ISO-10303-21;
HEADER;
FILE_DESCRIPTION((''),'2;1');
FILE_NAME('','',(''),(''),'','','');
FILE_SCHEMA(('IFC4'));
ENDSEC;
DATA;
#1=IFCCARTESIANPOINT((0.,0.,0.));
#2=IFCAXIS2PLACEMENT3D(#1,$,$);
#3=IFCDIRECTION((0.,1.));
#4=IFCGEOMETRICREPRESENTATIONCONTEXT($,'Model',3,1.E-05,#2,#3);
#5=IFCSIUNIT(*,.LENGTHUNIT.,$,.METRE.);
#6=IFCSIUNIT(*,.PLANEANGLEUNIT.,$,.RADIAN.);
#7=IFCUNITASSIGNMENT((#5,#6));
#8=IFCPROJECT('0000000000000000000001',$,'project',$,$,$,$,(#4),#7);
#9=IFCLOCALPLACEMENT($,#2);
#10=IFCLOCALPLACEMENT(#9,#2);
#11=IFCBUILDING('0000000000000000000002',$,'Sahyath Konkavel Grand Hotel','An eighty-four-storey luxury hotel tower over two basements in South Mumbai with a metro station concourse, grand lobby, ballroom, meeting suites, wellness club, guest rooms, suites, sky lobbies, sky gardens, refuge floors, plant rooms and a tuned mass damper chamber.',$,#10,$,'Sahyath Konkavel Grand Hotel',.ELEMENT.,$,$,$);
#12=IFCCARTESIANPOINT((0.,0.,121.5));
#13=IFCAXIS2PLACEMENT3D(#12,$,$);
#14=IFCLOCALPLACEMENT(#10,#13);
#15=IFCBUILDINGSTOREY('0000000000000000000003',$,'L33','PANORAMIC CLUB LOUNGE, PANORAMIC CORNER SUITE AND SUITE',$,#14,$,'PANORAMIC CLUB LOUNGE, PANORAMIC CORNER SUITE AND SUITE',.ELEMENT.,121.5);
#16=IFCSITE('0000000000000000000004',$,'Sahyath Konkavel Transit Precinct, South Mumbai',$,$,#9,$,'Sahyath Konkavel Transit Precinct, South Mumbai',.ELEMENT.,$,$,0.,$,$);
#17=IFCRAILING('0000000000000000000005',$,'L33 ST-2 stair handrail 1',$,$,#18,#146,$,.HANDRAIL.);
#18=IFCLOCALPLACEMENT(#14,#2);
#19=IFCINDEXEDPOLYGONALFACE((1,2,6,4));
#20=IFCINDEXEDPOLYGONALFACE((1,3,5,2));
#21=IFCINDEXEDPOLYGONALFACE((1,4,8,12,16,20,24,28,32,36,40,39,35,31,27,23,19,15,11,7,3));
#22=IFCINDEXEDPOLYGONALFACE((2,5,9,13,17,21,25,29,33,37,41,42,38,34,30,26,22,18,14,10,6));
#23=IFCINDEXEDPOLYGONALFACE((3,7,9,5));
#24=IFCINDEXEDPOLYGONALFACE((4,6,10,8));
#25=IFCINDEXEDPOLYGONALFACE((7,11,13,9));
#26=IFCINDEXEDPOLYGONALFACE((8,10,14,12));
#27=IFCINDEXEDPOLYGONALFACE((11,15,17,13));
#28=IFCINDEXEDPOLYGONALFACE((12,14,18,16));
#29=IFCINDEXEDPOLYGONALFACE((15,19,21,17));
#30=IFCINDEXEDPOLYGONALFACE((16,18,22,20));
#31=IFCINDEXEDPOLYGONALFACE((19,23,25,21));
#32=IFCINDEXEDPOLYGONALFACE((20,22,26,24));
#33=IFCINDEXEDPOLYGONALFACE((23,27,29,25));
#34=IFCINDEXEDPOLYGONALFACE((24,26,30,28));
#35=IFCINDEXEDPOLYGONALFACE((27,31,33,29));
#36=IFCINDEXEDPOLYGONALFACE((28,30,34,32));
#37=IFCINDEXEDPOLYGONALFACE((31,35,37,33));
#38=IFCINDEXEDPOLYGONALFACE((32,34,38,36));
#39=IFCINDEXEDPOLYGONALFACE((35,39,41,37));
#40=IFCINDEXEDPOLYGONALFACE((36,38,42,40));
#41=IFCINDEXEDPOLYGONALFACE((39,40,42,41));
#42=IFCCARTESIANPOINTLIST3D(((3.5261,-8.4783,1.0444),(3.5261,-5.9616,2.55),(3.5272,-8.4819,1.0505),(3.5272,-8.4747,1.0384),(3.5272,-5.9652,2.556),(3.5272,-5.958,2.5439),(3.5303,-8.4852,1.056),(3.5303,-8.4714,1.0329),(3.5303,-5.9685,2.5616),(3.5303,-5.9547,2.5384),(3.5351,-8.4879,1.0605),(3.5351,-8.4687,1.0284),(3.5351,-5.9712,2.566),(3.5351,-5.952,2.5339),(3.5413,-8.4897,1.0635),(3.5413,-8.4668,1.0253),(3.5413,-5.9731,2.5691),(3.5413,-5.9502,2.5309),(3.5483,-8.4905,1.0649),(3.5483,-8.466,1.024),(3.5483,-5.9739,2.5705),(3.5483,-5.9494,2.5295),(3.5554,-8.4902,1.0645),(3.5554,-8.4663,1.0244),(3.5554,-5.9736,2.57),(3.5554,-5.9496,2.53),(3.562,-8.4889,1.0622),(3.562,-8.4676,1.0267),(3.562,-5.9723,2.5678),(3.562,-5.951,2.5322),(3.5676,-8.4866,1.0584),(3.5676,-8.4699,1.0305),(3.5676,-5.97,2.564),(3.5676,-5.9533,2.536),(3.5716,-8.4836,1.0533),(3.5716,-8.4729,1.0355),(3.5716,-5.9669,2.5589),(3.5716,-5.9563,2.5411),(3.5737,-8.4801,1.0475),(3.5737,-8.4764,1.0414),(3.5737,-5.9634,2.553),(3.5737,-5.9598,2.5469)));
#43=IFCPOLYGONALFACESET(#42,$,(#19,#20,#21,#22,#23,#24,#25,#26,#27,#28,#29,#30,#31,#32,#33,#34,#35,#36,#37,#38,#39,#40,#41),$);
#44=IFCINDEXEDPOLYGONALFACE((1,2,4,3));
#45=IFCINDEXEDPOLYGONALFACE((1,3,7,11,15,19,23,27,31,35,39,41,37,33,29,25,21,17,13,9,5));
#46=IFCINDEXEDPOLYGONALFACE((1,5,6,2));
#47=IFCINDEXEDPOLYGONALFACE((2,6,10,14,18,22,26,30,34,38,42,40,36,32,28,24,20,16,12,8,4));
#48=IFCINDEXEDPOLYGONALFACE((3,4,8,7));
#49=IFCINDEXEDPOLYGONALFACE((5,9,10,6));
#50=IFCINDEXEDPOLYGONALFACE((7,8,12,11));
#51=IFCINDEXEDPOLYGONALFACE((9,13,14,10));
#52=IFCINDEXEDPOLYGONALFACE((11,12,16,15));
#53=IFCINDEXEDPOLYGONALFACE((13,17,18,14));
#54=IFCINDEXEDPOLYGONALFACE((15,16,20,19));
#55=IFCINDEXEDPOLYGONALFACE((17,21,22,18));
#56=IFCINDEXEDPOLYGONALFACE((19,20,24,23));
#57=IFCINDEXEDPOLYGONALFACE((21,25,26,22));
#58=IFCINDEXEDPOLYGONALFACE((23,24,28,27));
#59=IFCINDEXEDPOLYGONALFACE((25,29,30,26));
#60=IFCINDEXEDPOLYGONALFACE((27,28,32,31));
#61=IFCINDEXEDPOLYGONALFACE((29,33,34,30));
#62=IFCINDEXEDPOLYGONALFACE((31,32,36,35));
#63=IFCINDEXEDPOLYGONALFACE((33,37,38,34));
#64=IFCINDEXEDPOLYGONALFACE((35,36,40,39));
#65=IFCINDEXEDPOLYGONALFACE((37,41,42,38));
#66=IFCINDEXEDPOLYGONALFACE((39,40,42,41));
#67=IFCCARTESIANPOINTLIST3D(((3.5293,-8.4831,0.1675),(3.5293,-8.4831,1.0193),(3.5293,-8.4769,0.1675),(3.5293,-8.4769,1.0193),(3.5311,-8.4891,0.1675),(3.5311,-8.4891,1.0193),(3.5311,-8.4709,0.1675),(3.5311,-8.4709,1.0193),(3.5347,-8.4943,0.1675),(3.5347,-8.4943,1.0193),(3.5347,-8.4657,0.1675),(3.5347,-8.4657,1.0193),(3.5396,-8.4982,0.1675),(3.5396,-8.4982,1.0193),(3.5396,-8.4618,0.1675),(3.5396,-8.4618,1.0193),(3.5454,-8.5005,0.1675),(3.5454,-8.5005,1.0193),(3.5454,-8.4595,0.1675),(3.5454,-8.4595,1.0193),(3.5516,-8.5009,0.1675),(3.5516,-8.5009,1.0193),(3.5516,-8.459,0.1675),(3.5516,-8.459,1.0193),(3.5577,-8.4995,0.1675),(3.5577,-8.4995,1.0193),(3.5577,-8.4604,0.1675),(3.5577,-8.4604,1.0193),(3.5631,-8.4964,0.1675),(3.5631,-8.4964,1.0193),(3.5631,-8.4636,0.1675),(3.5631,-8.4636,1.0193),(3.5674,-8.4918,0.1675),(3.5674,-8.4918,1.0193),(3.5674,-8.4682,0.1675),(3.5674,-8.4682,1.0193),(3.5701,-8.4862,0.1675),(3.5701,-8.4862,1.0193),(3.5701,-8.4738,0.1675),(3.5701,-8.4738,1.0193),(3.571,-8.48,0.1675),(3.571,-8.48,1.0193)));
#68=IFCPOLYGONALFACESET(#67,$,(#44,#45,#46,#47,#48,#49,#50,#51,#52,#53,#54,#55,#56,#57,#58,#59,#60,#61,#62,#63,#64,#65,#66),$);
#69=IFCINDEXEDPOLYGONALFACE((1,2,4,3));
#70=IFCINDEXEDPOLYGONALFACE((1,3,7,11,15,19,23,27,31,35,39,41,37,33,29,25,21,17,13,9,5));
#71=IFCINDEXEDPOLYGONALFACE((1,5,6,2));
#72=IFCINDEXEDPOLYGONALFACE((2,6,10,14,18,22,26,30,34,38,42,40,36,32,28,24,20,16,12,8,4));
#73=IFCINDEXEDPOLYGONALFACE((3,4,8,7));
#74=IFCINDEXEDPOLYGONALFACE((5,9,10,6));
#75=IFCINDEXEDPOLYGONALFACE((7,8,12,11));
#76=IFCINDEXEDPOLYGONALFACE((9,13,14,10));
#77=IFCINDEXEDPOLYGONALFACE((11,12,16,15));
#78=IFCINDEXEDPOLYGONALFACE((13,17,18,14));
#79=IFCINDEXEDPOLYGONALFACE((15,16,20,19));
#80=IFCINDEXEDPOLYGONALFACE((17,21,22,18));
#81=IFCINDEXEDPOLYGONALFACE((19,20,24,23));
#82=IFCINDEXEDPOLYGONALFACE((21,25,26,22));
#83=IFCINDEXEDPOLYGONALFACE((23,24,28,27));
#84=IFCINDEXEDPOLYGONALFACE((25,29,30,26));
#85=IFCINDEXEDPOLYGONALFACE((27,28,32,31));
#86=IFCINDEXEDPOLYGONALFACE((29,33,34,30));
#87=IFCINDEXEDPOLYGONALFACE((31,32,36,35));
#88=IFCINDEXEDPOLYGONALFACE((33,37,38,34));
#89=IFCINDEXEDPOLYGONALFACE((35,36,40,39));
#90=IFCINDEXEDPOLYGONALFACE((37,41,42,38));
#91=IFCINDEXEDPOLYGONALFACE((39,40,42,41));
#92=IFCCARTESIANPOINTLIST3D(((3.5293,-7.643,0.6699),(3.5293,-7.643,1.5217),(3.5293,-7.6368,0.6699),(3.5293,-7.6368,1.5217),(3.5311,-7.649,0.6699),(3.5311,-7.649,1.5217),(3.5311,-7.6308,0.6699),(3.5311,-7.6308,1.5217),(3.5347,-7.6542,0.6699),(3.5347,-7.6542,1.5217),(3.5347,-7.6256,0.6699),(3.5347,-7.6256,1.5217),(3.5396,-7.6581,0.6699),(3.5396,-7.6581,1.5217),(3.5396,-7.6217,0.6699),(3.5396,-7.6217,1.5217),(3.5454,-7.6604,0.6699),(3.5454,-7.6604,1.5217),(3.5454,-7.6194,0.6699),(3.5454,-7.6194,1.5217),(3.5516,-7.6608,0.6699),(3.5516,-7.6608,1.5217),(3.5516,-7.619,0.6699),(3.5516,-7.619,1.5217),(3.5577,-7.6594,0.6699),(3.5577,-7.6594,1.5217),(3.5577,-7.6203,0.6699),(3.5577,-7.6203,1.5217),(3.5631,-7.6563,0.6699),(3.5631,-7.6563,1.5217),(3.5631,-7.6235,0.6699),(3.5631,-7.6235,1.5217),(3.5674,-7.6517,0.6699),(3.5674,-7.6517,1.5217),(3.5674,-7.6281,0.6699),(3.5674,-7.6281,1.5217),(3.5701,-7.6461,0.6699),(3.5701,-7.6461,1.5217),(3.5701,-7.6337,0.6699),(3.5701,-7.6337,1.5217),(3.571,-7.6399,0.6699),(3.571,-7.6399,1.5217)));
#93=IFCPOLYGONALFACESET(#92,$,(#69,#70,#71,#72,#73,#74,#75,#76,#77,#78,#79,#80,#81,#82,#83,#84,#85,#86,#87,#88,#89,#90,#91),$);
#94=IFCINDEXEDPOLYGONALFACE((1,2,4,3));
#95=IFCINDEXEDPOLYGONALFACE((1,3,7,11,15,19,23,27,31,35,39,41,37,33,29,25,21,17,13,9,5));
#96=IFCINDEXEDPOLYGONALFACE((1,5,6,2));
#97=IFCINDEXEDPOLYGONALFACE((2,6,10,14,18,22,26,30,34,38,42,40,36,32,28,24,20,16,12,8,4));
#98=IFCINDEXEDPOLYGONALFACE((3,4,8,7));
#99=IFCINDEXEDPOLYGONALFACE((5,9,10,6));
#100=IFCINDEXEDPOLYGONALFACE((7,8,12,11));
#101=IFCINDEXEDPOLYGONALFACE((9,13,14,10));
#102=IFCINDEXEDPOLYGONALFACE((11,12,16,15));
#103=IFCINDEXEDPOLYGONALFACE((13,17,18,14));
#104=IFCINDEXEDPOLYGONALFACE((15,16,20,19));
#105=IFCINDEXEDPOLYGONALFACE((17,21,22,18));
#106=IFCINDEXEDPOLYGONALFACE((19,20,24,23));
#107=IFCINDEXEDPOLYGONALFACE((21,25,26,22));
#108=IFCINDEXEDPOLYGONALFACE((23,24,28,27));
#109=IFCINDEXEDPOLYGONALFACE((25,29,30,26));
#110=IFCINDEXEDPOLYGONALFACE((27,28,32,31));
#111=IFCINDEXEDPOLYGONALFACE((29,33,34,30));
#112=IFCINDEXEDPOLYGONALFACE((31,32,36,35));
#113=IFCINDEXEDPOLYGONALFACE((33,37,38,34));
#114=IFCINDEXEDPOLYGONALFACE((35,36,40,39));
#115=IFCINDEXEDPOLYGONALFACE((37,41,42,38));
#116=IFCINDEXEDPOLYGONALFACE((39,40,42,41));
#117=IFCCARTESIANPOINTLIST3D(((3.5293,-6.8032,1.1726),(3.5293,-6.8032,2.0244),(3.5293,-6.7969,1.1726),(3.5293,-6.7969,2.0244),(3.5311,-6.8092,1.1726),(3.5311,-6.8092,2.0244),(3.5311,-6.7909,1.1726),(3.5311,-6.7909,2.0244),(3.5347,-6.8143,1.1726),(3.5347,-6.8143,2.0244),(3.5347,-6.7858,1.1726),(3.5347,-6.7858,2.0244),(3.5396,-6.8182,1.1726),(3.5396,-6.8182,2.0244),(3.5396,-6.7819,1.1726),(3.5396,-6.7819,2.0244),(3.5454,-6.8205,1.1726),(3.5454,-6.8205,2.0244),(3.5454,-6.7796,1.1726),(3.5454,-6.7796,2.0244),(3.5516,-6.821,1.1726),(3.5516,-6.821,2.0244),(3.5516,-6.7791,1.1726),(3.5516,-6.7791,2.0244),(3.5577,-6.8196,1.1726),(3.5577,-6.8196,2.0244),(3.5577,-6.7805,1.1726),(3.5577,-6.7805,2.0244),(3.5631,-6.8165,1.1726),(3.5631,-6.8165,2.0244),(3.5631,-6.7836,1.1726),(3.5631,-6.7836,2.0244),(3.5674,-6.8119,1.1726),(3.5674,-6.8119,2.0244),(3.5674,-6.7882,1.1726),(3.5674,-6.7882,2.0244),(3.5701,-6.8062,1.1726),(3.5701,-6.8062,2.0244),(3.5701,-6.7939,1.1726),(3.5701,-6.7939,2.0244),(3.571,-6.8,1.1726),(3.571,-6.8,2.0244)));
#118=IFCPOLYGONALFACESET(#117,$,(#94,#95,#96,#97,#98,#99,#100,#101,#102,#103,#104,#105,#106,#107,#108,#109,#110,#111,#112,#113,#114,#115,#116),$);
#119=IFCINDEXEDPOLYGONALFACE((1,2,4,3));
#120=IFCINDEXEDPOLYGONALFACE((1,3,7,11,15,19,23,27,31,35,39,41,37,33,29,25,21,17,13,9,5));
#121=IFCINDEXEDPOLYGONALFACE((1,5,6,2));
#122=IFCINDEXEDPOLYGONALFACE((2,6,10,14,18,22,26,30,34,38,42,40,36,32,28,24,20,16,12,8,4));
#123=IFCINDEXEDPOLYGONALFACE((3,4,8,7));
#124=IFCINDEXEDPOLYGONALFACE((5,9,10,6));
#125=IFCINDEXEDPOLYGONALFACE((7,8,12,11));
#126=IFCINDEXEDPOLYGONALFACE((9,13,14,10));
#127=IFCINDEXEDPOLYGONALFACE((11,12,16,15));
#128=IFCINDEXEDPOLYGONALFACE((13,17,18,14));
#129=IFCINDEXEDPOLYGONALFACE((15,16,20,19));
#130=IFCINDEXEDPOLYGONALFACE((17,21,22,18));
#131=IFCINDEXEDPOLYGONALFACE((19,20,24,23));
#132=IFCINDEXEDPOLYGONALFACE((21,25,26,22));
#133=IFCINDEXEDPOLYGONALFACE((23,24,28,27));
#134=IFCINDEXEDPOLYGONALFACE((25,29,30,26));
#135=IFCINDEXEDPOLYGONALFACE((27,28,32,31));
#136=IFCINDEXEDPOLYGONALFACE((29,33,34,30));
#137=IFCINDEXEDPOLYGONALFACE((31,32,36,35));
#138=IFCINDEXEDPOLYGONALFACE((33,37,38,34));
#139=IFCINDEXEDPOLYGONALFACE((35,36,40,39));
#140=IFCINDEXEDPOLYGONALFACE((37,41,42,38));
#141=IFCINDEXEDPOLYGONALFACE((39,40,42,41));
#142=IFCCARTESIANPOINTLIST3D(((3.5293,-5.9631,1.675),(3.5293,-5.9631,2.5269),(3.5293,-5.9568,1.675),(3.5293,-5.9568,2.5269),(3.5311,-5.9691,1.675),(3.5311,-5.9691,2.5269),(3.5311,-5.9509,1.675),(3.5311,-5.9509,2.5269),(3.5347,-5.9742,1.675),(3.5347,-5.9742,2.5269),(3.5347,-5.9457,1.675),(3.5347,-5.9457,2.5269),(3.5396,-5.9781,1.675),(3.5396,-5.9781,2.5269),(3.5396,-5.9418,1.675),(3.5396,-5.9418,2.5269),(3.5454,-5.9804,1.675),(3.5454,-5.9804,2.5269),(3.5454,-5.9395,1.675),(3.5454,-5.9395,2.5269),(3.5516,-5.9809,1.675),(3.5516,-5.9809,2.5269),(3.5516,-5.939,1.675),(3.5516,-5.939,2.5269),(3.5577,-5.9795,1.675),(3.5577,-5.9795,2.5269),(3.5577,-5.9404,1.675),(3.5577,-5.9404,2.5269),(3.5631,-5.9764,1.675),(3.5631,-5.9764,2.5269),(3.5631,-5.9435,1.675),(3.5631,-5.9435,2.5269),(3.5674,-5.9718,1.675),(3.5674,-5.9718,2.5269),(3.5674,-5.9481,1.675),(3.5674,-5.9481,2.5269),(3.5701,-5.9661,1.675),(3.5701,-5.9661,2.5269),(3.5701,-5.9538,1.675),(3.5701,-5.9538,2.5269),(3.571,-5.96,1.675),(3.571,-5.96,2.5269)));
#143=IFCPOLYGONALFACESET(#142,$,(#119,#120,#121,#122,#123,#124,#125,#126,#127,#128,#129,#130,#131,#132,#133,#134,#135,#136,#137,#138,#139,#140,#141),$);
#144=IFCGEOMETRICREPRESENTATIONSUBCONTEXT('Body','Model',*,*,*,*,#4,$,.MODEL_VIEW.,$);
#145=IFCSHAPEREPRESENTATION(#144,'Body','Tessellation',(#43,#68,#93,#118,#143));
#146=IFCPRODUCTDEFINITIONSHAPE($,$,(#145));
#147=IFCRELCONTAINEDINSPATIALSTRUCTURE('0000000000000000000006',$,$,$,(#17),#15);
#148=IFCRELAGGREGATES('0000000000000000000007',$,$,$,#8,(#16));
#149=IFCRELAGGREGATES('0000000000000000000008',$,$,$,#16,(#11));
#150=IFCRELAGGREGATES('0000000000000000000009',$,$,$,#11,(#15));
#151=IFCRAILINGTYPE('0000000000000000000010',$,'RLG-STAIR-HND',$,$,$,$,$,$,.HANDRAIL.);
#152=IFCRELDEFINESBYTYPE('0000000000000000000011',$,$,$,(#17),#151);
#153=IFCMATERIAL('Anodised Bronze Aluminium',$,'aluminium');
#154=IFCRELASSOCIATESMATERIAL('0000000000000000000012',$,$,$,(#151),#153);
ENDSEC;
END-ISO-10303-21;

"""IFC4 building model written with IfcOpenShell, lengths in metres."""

from ifc_helpers import new_model, si_unit, direction, frame, origin, origin_2d, place, context, subcontext, project, spatial, circle, extrude, material, type_object, element, save


model = new_model("IFC4")

# Units and contexts
model_context = context("Model", 3, precision=1e-05, world=origin(), true_north=direction((0.0, 1.0)))
body_context = subcontext(model_context, "Body", "Model", "MODEL_VIEW")
ifc_project = project(units=[si_unit("LENGTHUNIT", "METRE"), si_unit("PLANEANGLEUNIT", "RADIAN")], contexts=[model_context])

# Site, building, storey
site_placement = place(None, origin())
site = spatial("IfcSite", under=ifc_project, at=site_placement, Name="Sahyath Konkavel Transit Precinct, South Mumbai", LongName="Sahyath Konkavel Transit Precinct, South Mumbai", CompositionType="ELEMENT", RefElevation=0.0)
building_placement = place(site_placement, origin())
building = spatial("IfcBuilding", under=site, at=building_placement, Name="Sahyath Konkavel Grand Hotel", Description="An eighty-four-storey luxury hotel tower over two basements in South Mumbai with a metro station concourse, grand lobby, ballroom, meeting suites, wellness club, guest rooms, suites, sky lobbies, sky gardens, refuge floors, plant rooms and a tuned mass damper chamber.", LongName="Sahyath Konkavel Grand Hotel", CompositionType="ELEMENT")
storey_placement = place(building_placement, frame((0.0, 0.0, 121.5)))
storey = spatial("IfcBuildingStorey", under=building, at=storey_placement, Name="L33", Description="PANORAMIC CLUB LOUNGE, PANORAMIC CORNER SUITE AND SUITE", LongName="PANORAMIC CLUB LOUNGE, PANORAMIC CORNER SUITE AND SUITE", CompositionType="ELEMENT", Elevation=121.5)

# Shared definitions
ifc_material_1 = material(Name="Anodised Bronze Aluminium", Category="aluminium")

# Railing
railing_type_1 = type_object("IfcRailingType", Name="RLG-STAIR-HND", PredefinedType="HANDRAIL", material=ifc_material_1)
railing_1_placement = place(storey_placement, frame((3.55, -8.48, 0.1675)))
element("IfcRailing", 1, at=railing_1_placement, inside=storey, type_object=railing_type_1, Name="L33 ST-2 stair handrail 1", PredefinedType="HANDRAIL", context=body_context, shape_type="SweptSolid", body=[
    extrude(circle(Radius=0.0239, at=origin_2d()), frame((0.0, 0.0017, 0.877), z_axis=(0.0, 0.85816, 0.513383), x_axis=(-1.0, 0.0, 0.0)), (0.0, 0.0, 1.0), 2.9326),
    extrude(circle(Radius=0.021, at=origin_2d()), origin(), (0.0, 0.0, 1.0), 0.8518),
    extrude(circle(Radius=0.021, at=origin_2d()), frame((0.0, 0.8401, 0.5024)), (0.0, 0.0, 1.0), 0.8518),
    extrude(circle(Radius=0.021, at=origin_2d()), frame((0.0, 1.6799, 1.0051)), (0.0, 0.0, 1.0), 0.8518),
    extrude(circle(Radius=0.021, at=origin_2d()), frame((0.0, 2.52, 1.5076)), (0.0, 0.0, 1.0), 0.8518),
])

save(model, "model.ifc")
